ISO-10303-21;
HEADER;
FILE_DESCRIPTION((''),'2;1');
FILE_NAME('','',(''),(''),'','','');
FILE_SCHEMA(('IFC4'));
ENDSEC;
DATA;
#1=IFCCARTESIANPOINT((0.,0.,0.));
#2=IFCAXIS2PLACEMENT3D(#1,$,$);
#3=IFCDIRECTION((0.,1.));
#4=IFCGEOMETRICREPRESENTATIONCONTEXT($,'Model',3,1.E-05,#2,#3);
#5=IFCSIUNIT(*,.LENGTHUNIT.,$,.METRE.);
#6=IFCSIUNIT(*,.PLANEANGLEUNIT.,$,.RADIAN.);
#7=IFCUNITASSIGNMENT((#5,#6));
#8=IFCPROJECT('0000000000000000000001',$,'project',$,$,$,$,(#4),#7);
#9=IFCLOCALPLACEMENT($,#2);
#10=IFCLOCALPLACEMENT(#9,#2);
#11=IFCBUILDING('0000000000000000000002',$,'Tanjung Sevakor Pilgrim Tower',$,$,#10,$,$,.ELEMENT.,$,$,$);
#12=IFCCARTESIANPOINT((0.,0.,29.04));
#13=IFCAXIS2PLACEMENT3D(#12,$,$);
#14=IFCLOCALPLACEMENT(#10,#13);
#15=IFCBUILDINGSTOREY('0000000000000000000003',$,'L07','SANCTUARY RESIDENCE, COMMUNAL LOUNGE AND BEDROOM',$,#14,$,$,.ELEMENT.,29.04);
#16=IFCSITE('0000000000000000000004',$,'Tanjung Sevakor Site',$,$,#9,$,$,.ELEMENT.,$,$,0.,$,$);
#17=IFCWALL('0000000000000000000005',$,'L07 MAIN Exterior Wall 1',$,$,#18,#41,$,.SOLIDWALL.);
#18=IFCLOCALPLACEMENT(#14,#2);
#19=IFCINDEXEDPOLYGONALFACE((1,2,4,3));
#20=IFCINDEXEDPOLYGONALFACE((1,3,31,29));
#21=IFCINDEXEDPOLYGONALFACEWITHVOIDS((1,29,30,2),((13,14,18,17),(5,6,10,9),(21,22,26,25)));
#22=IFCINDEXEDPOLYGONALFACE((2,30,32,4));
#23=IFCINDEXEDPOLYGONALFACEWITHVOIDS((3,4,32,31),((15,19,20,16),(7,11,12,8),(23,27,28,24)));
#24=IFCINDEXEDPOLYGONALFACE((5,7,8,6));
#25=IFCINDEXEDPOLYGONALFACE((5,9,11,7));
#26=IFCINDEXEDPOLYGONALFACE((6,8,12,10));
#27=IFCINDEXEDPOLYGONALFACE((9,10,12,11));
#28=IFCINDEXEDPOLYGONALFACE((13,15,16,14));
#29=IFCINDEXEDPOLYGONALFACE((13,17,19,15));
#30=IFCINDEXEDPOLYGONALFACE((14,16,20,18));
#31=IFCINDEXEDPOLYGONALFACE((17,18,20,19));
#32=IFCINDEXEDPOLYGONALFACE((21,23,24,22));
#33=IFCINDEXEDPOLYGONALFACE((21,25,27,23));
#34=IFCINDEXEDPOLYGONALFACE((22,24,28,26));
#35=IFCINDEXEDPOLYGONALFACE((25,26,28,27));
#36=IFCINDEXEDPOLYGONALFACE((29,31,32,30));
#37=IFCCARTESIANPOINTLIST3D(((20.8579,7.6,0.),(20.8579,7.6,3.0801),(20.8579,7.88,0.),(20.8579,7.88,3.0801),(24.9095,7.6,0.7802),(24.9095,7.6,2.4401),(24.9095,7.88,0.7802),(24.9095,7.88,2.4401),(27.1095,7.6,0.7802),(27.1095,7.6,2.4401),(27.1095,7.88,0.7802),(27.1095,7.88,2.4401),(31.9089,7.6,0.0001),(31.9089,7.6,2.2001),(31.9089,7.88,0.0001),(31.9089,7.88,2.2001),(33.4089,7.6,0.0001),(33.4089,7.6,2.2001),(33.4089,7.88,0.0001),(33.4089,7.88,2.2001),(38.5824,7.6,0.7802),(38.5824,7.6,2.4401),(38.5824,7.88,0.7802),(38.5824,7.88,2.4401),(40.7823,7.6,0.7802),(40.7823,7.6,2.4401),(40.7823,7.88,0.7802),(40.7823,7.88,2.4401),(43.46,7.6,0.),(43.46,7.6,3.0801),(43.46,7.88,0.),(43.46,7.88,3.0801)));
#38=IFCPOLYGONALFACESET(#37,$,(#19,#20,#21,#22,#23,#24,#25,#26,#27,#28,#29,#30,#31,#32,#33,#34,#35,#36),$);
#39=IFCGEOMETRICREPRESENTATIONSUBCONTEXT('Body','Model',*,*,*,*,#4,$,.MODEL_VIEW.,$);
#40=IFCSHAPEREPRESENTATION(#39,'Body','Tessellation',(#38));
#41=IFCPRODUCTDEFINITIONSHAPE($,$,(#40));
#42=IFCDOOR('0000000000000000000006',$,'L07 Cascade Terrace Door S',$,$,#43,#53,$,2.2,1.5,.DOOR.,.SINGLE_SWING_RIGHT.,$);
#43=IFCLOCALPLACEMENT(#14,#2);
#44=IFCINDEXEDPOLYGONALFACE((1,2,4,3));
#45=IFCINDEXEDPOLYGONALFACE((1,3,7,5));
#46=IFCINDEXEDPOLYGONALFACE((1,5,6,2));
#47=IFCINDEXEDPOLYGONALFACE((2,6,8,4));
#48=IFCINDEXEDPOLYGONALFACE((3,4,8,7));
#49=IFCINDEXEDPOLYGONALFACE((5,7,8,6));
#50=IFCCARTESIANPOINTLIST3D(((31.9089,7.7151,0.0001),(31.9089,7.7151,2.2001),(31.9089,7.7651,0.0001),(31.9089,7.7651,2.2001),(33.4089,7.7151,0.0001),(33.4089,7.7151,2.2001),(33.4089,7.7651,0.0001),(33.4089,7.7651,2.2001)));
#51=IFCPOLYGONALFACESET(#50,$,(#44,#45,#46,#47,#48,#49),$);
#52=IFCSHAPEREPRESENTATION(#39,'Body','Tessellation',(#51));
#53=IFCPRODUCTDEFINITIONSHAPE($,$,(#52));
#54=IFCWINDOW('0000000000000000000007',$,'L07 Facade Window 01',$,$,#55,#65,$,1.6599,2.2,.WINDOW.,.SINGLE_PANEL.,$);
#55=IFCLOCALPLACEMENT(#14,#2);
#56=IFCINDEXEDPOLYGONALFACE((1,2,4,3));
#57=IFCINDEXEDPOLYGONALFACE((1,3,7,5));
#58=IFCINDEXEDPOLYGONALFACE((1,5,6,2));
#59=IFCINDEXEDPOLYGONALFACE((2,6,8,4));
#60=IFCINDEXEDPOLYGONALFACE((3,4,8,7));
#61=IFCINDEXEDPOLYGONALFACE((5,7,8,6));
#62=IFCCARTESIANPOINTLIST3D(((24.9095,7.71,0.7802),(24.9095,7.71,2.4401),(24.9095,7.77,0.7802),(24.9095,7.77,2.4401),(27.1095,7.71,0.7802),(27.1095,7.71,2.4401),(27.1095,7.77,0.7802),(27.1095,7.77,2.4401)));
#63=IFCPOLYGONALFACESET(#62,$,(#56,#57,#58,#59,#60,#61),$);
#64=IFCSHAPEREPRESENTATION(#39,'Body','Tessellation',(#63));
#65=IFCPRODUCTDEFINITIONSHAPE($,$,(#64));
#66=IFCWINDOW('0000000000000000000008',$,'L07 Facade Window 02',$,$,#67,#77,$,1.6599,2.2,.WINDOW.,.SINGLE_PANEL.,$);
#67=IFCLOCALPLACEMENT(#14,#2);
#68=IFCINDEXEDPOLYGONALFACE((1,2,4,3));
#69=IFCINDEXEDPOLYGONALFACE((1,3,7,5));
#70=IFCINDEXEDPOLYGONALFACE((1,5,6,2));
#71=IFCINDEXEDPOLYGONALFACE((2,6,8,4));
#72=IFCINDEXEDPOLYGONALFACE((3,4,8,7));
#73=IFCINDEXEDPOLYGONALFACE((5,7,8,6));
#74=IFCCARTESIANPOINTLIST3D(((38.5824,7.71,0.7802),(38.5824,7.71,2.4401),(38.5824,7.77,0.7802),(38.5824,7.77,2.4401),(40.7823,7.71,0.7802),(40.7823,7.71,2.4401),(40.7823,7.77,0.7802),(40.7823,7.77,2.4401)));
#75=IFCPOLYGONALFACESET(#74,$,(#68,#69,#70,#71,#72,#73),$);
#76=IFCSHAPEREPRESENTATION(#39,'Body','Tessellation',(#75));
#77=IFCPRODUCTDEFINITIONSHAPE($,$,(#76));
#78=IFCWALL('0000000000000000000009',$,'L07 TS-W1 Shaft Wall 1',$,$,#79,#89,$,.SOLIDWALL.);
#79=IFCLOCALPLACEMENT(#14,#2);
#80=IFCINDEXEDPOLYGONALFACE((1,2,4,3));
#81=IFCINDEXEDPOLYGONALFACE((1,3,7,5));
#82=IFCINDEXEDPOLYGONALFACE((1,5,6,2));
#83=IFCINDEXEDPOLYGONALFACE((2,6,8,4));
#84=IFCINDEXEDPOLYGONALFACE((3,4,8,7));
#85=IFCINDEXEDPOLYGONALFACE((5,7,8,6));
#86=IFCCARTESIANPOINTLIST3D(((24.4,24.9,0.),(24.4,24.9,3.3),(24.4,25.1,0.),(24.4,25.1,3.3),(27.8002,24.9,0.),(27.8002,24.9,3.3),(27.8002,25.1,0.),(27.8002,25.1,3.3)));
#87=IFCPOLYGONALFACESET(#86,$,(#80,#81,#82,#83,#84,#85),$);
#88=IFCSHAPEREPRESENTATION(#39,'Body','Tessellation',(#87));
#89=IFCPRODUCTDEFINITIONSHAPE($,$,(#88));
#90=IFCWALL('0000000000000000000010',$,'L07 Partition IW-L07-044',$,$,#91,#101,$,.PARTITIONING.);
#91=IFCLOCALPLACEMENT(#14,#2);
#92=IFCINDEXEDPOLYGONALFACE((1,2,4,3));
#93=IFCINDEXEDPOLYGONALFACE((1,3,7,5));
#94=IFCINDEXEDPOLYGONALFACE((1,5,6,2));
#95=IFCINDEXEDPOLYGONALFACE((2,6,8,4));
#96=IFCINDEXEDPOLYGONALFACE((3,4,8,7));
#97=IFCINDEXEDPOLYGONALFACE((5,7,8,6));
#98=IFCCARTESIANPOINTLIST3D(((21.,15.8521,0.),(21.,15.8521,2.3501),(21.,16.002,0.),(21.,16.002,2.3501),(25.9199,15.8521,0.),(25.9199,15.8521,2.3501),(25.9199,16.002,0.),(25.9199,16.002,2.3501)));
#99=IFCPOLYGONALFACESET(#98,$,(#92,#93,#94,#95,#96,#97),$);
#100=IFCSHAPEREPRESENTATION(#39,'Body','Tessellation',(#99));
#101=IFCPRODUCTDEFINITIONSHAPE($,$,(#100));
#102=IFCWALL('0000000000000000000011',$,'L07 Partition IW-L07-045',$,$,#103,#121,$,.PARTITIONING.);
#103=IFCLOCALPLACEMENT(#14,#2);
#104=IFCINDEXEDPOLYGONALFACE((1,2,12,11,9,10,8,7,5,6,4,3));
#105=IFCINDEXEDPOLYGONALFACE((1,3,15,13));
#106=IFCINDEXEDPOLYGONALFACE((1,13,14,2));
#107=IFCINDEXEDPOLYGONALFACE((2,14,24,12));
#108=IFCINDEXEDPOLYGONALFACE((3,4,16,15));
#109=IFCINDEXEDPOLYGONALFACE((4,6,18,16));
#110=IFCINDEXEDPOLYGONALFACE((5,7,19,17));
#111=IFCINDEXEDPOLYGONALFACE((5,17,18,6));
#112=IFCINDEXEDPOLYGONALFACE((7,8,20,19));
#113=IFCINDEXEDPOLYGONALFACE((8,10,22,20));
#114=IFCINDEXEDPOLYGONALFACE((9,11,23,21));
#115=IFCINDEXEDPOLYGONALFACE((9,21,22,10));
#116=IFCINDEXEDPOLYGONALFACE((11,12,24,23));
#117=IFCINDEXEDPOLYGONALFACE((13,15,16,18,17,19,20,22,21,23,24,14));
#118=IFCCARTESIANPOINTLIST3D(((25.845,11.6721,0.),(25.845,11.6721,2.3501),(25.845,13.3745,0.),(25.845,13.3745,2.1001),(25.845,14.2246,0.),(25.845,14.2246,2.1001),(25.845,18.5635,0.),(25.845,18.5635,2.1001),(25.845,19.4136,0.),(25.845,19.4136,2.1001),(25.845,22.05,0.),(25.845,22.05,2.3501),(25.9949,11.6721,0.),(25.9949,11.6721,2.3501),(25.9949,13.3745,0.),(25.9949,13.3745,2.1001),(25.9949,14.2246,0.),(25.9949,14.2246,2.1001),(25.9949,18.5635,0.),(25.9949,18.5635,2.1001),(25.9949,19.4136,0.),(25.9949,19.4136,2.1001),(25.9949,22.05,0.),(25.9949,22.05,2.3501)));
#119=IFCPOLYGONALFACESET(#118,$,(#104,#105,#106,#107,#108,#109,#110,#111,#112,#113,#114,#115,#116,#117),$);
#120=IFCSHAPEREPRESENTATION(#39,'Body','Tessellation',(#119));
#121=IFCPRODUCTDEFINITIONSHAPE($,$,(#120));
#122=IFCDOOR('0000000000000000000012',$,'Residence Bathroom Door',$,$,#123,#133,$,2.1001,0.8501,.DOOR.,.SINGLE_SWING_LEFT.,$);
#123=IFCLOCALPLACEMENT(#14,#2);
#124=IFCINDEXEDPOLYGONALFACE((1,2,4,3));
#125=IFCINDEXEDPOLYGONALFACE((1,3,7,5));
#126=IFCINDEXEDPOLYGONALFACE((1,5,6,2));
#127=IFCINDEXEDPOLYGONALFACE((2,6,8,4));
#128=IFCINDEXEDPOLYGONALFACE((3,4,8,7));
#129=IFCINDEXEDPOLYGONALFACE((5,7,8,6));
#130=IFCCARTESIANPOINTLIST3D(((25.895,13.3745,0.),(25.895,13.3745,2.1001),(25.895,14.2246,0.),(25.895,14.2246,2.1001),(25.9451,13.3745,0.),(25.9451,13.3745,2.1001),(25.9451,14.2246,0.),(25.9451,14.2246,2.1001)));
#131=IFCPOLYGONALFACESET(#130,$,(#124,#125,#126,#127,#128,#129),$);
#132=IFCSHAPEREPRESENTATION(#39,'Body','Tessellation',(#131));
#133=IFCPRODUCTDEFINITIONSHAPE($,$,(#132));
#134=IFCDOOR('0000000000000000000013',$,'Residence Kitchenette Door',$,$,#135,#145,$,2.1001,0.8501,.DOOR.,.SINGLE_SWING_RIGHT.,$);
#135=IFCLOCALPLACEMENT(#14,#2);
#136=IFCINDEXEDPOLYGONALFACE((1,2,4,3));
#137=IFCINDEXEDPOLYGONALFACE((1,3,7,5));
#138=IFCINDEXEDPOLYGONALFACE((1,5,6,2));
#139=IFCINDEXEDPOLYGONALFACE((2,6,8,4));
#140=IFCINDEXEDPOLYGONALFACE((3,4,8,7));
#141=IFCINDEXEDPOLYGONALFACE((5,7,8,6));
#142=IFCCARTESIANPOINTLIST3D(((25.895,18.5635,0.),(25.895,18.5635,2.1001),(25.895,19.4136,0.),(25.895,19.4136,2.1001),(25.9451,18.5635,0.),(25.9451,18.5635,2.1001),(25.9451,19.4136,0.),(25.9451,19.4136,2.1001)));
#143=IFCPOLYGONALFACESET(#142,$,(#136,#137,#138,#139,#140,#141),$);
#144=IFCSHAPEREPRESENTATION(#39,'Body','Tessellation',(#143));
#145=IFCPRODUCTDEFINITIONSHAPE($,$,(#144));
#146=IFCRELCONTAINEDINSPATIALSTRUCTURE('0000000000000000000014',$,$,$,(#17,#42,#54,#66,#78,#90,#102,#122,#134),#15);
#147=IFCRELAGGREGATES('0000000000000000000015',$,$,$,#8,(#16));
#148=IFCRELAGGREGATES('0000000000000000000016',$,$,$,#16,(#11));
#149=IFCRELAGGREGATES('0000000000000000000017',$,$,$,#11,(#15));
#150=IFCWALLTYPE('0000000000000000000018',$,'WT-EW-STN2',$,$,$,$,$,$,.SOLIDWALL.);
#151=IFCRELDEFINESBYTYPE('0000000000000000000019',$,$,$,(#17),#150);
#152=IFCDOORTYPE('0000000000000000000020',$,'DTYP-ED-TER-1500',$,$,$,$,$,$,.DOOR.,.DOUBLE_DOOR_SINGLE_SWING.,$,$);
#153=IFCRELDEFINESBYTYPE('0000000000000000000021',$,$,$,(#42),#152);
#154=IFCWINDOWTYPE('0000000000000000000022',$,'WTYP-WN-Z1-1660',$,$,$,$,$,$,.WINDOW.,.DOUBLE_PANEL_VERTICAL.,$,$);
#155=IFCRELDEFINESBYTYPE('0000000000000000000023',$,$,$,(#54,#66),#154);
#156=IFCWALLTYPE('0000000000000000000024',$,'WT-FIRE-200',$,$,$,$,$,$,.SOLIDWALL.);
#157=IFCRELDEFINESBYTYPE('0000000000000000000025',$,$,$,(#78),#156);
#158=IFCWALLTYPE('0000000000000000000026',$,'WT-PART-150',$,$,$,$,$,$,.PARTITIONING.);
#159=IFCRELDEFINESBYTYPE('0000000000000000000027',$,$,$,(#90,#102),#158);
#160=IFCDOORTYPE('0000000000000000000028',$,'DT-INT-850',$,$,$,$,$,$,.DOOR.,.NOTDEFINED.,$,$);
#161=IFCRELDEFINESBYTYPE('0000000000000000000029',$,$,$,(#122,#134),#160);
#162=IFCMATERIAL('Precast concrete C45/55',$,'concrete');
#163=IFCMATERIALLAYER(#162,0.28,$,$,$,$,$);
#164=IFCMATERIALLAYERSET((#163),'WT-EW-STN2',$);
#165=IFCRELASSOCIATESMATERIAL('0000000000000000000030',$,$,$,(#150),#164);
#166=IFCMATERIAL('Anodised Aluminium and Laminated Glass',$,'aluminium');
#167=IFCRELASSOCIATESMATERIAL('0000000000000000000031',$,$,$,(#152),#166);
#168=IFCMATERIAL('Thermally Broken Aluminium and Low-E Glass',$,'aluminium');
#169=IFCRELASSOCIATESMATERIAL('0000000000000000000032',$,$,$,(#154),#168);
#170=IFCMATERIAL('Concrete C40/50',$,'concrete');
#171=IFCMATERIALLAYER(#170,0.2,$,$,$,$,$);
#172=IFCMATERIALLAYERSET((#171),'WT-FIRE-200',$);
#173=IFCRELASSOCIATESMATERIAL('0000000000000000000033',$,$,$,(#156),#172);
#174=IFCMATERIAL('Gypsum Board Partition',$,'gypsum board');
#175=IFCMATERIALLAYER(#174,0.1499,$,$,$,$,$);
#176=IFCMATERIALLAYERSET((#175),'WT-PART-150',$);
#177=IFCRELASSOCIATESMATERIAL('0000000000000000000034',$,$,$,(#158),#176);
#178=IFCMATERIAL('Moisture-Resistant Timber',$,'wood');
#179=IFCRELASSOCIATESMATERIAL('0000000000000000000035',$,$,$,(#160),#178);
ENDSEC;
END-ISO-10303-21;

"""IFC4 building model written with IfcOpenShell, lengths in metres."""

from ifc_helpers import new_model, si_unit, direction, frame, frame_2d, origin, place, context, subcontext, project, spatial, rectangle, extrude, material, layer, layer_set, type_object, element, fill, save


model = new_model("IFC4")

# Units and contexts
model_context = context("Model", 3, precision=1e-05, world=origin(), true_north=direction((0.0, 1.0)))
body_context = subcontext(model_context, "Body", "Model", "MODEL_VIEW")
ifc_project = project(units=[si_unit("LENGTHUNIT", "METRE"), si_unit("PLANEANGLEUNIT", "RADIAN")], contexts=[model_context])

# Site, building, storey
site_placement = place(None, origin())
site = spatial("IfcSite", under=ifc_project, at=site_placement, Name="Tanjung Sevakor Site", CompositionType="ELEMENT", RefElevation=0.0)
building_placement = place(site_placement, origin())
building = spatial("IfcBuilding", under=site, at=building_placement, Name="Tanjung Sevakor Pilgrim Tower", CompositionType="ELEMENT")
storey_placement = place(building_placement, frame((0.0, 0.0, 29.04)))
storey = spatial("IfcBuildingStorey", under=building, at=storey_placement, Name="L07", Description="SANCTUARY RESIDENCE, COMMUNAL LOUNGE AND BEDROOM", CompositionType="ELEMENT", Elevation=29.04)

# Wall, openings, door, windows
ifc_material_1 = material(Name="Precast concrete C45/55", Category="concrete")
ifc_layer_1 = layer(ifc_material_1, 0.28)
ifc_layer_set_1 = layer_set([ifc_layer_1], Name="WT-EW-STN2")
wall_type_1 = type_object("IfcWallType", Name="WT-EW-STN2", PredefinedType="SOLIDWALL", material=ifc_layer_set_1)
wall_1_placement = place(storey_placement, frame((20.8579, 7.74, 0.0), z_axis=(0.0, 0.0, 1.0), x_axis=(1.0, 0.0, 0.0)))
wall_1 = element("IfcWall", 1, at=wall_1_placement, inside=storey, type_object=wall_type_1, Name="L07 MAIN Exterior Wall 1", PredefinedType="SOLIDWALL", context=body_context, shape_type="SweptSolid", body=[
    extrude(rectangle(XDim=22.6021, YDim=0.28, at=frame_2d((11.301, 0.0))), origin(), (0.0, 0.0, 1.0), 3.0801),
])
opening_1_placement = place(wall_1_placement, frame((11.051, 0.0, 0.0)))
opening_1 = element("IfcOpeningElement", 2, at=opening_1_placement, cuts=wall_1, PredefinedType="OPENING", context=body_context, shape_type="SweptSolid", body=[
    extrude(rectangle(XDim=1.5, YDim=2.2, at=frame_2d((0.75, 1.1001))), frame((0.0, 0.1499, 0.0), z_axis=(0.0, -1.0, 0.0), x_axis=(1.0, 0.0, 0.0)), (0.0, 0.0, 1.0), 0.3),
])
opening_2_placement = place(wall_1_placement, frame((4.0515, 0.0, 0.78)))
opening_2 = element("IfcOpeningElement", 3, at=opening_2_placement, cuts=wall_1, PredefinedType="OPENING", context=body_context, shape_type="SweptSolid", body=[
    extrude(rectangle(XDim=2.2, YDim=1.6599, at=frame_2d((1.1001, 0.8301))), frame((0.0, 0.1499, 0.0), z_axis=(0.0, -1.0, 0.0), x_axis=(1.0, 0.0, 0.0)), (0.0, 0.0, 1.0), 0.3),
])
opening_3_placement = place(wall_1_placement, frame((17.7244, 0.0, 0.78)))
opening_3 = element("IfcOpeningElement", 4, at=opening_3_placement, cuts=wall_1, PredefinedType="OPENING", context=body_context, shape_type="SweptSolid", body=[
    extrude(rectangle(XDim=2.2, YDim=1.6599, at=frame_2d((1.1001, 0.8301))), frame((0.0, 0.1499, 0.0), z_axis=(0.0, -1.0, 0.0), x_axis=(1.0, 0.0, 0.0)), (0.0, 0.0, 1.0), 0.3),
])
ifc_material_2 = material(Name="Anodised Aluminium and Laminated Glass", Category="aluminium")
door_type_1 = type_object("IfcDoorType", Name="DTYP-ED-TER-1500", OperationType="DOUBLE_DOOR_SINGLE_SWING", PredefinedType="DOOR", material=ifc_material_2)
door_1_placement = place(opening_1_placement, frame((1.5, 0.0, 0.0), z_axis=(0.0, 0.0, 1.0), x_axis=(-1.0, 0.0, 0.0)))
door_1 = element("IfcDoor", 5, at=door_1_placement, inside=storey, type_object=door_type_1, Name="L07 Cascade Terrace Door S", OperationType="SINGLE_SWING_RIGHT", OverallHeight=2.2, OverallWidth=1.5, PredefinedType="DOOR", context=body_context, shape_type="SweptSolid", body=[
    extrude(rectangle(XDim=1.5, YDim=2.2, at=frame_2d((0.75, 1.1001))), frame((0.0, 0.0249, 0.0), z_axis=(0.0, -1.0, 0.0), x_axis=(1.0, 0.0, 0.0)), (0.0, 0.0, 1.0), 0.05),
])
fill(opening_1, door_1)
ifc_material_3 = material(Name="Thermally Broken Aluminium and Low-E Glass", Category="aluminium")
window_type = type_object("IfcWindowType", Name="WTYP-WN-Z1-1660", PartitioningType="DOUBLE_PANEL_VERTICAL", PredefinedType="WINDOW", material=ifc_material_3)
window_1_placement = place(opening_2_placement, origin())
window_1 = element("IfcWindow", 6, at=window_1_placement, inside=storey, type_object=window_type, Name="L07 Facade Window 01", OverallHeight=1.6599, OverallWidth=2.2, PartitioningType="SINGLE_PANEL", PredefinedType="WINDOW", context=body_context, shape_type="SweptSolid", body=[
    extrude(rectangle(XDim=2.2, YDim=1.6599, at=frame_2d((1.1001, 0.8301))), frame((0.0, 0.03, 0.0), z_axis=(0.0, -1.0, 0.0), x_axis=(1.0, 0.0, 0.0)), (0.0, 0.0, 1.0), 0.0601),
])
fill(opening_2, window_1)
window_2_placement = place(opening_3_placement, origin())
window_2 = element("IfcWindow", 7, at=window_2_placement, inside=storey, type_object=window_type, Name="L07 Facade Window 02", OverallHeight=1.6599, OverallWidth=2.2, PartitioningType="SINGLE_PANEL", PredefinedType="WINDOW", context=body_context, shape_type="SweptSolid", body=[
    extrude(rectangle(XDim=2.2, YDim=1.6599, at=frame_2d((1.1001, 0.8301))), frame((0.0, 0.03, 0.0), z_axis=(0.0, -1.0, 0.0), x_axis=(1.0, 0.0, 0.0)), (0.0, 0.0, 1.0), 0.0601),
])
fill(opening_3, window_2)

# Walls
ifc_material_4 = material(Name="Concrete C40/50", Category="concrete")
ifc_layer_2 = layer(ifc_material_4, 0.2)
ifc_layer_set_2 = layer_set([ifc_layer_2], Name="WT-FIRE-200")
wall_type_2 = type_object("IfcWallType", Name="WT-FIRE-200", PredefinedType="SOLIDWALL", material=ifc_layer_set_2)
wall_2_placement = place(storey_placement, frame((24.3999, 25.0, 0.0), z_axis=(0.0, 0.0, 1.0), x_axis=(1.0, 0.0, 0.0)))
element("IfcWall", 8, at=wall_2_placement, inside=storey, type_object=wall_type_2, Name="L07 TS-W1 Shaft Wall 1", PredefinedType="SOLIDWALL", context=body_context, shape_type="SweptSolid", body=[
    extrude(rectangle(XDim=3.4001, YDim=0.2, at=frame_2d((1.7002, 0.0))), origin(), (0.0, 0.0, 1.0), 3.3),
])
ifc_material_5 = material(Name="Gypsum Board Partition", Category="gypsum board")
ifc_layer_3 = layer(ifc_material_5, 0.1499)
ifc_layer_set_3 = layer_set([ifc_layer_3], Name="WT-PART-150")
wall_type_3 = type_object("IfcWallType", Name="WT-PART-150", PredefinedType="PARTITIONING", material=ifc_layer_set_3)
wall_3_placement = place(storey_placement, frame((21.0, 15.927, 0.0), z_axis=(0.0, 0.0, 1.0), x_axis=(1.0, 0.0, 0.0)))
element("IfcWall", 9, at=wall_3_placement, inside=storey, type_object=wall_type_3, Name="L07 Partition IW-L07-044", PredefinedType="PARTITIONING", context=body_context, shape_type="SweptSolid", body=[
    extrude(rectangle(XDim=4.9199, YDim=0.1499, at=frame_2d((2.46, 0.0))), origin(), (0.0, 0.0, 1.0), 2.3501),
])

# Wall, openings, doors
wall_4_placement = place(storey_placement, frame((25.9199, 11.6721, 0.0), z_axis=(0.0, 0.0, 1.0), x_axis=(0.0, 1.0, 0.0)))
wall_4 = element("IfcWall", 10, at=wall_4_placement, inside=storey, type_object=wall_type_3, Name="L07 Partition IW-L07-045", PredefinedType="PARTITIONING", context=body_context, shape_type="SweptSolid", body=[
    extrude(rectangle(XDim=10.3779, YDim=0.1499, at=frame_2d((5.189, 0.0))), origin(), (0.0, 0.0, 1.0), 2.3501),
])
opening_4_placement = place(wall_4_placement, frame((1.7024, 0.0, 0.0)))
opening_4 = element("IfcOpeningElement", 11, at=opening_4_placement, cuts=wall_4, PredefinedType="OPENING", context=body_context, shape_type="SweptSolid", body=[
    extrude(rectangle(XDim=0.8501, YDim=2.1001, at=frame_2d((0.425, 1.05))), frame((0.0, 0.085, 0.0), z_axis=(0.0, -1.0, 0.0), x_axis=(1.0, 0.0, 0.0)), (0.0, 0.0, 1.0), 0.1699),
])
opening_5_placement = place(wall_4_placement, frame((6.8914, 0.0, 0.0)))
opening_5 = element("IfcOpeningElement", 12, at=opening_5_placement, cuts=wall_4, PredefinedType="OPENING", context=body_context, shape_type="SweptSolid", body=[
    extrude(rectangle(XDim=0.8501, YDim=2.1001, at=frame_2d((0.425, 1.05))), frame((0.0, 0.085, 0.0), z_axis=(0.0, -1.0, 0.0), x_axis=(1.0, 0.0, 0.0)), (0.0, 0.0, 1.0), 0.1699),
])
ifc_material_6 = material(Name="Moisture-Resistant Timber", Category="wood")
door_type_2 = type_object("IfcDoorType", Name="DT-INT-850", OperationType="NOTDEFINED", PredefinedType="DOOR", material=ifc_material_6)
door_2_placement = place(opening_4_placement, origin())
door_2 = element("IfcDoor", 13, at=door_2_placement, inside=storey, type_object=door_type_2, Name="Residence Bathroom Door", OperationType="SINGLE_SWING_LEFT", OverallHeight=2.1001, OverallWidth=0.8501, PredefinedType="DOOR", context=body_context, shape_type="SweptSolid", body=[
    extrude(rectangle(XDim=0.8501, YDim=2.1001, at=frame_2d((0.425, 1.05))), frame((0.0, 0.0249, 0.0), z_axis=(0.0, -1.0, 0.0), x_axis=(1.0, 0.0, 0.0)), (0.0, 0.0, 1.0), 0.05),
])
fill(opening_4, door_2)
door_3_placement = place(opening_5_placement, origin())
door_3 = element("IfcDoor", 14, at=door_3_placement, inside=storey, type_object=door_type_2, Name="Residence Kitchenette Door", OperationType="SINGLE_SWING_RIGHT", OverallHeight=2.1001, OverallWidth=0.8501, PredefinedType="DOOR", context=body_context, shape_type="SweptSolid", body=[
    extrude(rectangle(XDim=0.8501, YDim=2.1001, at=frame_2d((0.425, 1.05))), frame((0.0, 0.0249, 0.0), z_axis=(0.0, -1.0, 0.0), x_axis=(1.0, 0.0, 0.0)), (0.0, 0.0, 1.0), 0.05),
])
fill(opening_5, door_3)

save(model, "model.ifc")
